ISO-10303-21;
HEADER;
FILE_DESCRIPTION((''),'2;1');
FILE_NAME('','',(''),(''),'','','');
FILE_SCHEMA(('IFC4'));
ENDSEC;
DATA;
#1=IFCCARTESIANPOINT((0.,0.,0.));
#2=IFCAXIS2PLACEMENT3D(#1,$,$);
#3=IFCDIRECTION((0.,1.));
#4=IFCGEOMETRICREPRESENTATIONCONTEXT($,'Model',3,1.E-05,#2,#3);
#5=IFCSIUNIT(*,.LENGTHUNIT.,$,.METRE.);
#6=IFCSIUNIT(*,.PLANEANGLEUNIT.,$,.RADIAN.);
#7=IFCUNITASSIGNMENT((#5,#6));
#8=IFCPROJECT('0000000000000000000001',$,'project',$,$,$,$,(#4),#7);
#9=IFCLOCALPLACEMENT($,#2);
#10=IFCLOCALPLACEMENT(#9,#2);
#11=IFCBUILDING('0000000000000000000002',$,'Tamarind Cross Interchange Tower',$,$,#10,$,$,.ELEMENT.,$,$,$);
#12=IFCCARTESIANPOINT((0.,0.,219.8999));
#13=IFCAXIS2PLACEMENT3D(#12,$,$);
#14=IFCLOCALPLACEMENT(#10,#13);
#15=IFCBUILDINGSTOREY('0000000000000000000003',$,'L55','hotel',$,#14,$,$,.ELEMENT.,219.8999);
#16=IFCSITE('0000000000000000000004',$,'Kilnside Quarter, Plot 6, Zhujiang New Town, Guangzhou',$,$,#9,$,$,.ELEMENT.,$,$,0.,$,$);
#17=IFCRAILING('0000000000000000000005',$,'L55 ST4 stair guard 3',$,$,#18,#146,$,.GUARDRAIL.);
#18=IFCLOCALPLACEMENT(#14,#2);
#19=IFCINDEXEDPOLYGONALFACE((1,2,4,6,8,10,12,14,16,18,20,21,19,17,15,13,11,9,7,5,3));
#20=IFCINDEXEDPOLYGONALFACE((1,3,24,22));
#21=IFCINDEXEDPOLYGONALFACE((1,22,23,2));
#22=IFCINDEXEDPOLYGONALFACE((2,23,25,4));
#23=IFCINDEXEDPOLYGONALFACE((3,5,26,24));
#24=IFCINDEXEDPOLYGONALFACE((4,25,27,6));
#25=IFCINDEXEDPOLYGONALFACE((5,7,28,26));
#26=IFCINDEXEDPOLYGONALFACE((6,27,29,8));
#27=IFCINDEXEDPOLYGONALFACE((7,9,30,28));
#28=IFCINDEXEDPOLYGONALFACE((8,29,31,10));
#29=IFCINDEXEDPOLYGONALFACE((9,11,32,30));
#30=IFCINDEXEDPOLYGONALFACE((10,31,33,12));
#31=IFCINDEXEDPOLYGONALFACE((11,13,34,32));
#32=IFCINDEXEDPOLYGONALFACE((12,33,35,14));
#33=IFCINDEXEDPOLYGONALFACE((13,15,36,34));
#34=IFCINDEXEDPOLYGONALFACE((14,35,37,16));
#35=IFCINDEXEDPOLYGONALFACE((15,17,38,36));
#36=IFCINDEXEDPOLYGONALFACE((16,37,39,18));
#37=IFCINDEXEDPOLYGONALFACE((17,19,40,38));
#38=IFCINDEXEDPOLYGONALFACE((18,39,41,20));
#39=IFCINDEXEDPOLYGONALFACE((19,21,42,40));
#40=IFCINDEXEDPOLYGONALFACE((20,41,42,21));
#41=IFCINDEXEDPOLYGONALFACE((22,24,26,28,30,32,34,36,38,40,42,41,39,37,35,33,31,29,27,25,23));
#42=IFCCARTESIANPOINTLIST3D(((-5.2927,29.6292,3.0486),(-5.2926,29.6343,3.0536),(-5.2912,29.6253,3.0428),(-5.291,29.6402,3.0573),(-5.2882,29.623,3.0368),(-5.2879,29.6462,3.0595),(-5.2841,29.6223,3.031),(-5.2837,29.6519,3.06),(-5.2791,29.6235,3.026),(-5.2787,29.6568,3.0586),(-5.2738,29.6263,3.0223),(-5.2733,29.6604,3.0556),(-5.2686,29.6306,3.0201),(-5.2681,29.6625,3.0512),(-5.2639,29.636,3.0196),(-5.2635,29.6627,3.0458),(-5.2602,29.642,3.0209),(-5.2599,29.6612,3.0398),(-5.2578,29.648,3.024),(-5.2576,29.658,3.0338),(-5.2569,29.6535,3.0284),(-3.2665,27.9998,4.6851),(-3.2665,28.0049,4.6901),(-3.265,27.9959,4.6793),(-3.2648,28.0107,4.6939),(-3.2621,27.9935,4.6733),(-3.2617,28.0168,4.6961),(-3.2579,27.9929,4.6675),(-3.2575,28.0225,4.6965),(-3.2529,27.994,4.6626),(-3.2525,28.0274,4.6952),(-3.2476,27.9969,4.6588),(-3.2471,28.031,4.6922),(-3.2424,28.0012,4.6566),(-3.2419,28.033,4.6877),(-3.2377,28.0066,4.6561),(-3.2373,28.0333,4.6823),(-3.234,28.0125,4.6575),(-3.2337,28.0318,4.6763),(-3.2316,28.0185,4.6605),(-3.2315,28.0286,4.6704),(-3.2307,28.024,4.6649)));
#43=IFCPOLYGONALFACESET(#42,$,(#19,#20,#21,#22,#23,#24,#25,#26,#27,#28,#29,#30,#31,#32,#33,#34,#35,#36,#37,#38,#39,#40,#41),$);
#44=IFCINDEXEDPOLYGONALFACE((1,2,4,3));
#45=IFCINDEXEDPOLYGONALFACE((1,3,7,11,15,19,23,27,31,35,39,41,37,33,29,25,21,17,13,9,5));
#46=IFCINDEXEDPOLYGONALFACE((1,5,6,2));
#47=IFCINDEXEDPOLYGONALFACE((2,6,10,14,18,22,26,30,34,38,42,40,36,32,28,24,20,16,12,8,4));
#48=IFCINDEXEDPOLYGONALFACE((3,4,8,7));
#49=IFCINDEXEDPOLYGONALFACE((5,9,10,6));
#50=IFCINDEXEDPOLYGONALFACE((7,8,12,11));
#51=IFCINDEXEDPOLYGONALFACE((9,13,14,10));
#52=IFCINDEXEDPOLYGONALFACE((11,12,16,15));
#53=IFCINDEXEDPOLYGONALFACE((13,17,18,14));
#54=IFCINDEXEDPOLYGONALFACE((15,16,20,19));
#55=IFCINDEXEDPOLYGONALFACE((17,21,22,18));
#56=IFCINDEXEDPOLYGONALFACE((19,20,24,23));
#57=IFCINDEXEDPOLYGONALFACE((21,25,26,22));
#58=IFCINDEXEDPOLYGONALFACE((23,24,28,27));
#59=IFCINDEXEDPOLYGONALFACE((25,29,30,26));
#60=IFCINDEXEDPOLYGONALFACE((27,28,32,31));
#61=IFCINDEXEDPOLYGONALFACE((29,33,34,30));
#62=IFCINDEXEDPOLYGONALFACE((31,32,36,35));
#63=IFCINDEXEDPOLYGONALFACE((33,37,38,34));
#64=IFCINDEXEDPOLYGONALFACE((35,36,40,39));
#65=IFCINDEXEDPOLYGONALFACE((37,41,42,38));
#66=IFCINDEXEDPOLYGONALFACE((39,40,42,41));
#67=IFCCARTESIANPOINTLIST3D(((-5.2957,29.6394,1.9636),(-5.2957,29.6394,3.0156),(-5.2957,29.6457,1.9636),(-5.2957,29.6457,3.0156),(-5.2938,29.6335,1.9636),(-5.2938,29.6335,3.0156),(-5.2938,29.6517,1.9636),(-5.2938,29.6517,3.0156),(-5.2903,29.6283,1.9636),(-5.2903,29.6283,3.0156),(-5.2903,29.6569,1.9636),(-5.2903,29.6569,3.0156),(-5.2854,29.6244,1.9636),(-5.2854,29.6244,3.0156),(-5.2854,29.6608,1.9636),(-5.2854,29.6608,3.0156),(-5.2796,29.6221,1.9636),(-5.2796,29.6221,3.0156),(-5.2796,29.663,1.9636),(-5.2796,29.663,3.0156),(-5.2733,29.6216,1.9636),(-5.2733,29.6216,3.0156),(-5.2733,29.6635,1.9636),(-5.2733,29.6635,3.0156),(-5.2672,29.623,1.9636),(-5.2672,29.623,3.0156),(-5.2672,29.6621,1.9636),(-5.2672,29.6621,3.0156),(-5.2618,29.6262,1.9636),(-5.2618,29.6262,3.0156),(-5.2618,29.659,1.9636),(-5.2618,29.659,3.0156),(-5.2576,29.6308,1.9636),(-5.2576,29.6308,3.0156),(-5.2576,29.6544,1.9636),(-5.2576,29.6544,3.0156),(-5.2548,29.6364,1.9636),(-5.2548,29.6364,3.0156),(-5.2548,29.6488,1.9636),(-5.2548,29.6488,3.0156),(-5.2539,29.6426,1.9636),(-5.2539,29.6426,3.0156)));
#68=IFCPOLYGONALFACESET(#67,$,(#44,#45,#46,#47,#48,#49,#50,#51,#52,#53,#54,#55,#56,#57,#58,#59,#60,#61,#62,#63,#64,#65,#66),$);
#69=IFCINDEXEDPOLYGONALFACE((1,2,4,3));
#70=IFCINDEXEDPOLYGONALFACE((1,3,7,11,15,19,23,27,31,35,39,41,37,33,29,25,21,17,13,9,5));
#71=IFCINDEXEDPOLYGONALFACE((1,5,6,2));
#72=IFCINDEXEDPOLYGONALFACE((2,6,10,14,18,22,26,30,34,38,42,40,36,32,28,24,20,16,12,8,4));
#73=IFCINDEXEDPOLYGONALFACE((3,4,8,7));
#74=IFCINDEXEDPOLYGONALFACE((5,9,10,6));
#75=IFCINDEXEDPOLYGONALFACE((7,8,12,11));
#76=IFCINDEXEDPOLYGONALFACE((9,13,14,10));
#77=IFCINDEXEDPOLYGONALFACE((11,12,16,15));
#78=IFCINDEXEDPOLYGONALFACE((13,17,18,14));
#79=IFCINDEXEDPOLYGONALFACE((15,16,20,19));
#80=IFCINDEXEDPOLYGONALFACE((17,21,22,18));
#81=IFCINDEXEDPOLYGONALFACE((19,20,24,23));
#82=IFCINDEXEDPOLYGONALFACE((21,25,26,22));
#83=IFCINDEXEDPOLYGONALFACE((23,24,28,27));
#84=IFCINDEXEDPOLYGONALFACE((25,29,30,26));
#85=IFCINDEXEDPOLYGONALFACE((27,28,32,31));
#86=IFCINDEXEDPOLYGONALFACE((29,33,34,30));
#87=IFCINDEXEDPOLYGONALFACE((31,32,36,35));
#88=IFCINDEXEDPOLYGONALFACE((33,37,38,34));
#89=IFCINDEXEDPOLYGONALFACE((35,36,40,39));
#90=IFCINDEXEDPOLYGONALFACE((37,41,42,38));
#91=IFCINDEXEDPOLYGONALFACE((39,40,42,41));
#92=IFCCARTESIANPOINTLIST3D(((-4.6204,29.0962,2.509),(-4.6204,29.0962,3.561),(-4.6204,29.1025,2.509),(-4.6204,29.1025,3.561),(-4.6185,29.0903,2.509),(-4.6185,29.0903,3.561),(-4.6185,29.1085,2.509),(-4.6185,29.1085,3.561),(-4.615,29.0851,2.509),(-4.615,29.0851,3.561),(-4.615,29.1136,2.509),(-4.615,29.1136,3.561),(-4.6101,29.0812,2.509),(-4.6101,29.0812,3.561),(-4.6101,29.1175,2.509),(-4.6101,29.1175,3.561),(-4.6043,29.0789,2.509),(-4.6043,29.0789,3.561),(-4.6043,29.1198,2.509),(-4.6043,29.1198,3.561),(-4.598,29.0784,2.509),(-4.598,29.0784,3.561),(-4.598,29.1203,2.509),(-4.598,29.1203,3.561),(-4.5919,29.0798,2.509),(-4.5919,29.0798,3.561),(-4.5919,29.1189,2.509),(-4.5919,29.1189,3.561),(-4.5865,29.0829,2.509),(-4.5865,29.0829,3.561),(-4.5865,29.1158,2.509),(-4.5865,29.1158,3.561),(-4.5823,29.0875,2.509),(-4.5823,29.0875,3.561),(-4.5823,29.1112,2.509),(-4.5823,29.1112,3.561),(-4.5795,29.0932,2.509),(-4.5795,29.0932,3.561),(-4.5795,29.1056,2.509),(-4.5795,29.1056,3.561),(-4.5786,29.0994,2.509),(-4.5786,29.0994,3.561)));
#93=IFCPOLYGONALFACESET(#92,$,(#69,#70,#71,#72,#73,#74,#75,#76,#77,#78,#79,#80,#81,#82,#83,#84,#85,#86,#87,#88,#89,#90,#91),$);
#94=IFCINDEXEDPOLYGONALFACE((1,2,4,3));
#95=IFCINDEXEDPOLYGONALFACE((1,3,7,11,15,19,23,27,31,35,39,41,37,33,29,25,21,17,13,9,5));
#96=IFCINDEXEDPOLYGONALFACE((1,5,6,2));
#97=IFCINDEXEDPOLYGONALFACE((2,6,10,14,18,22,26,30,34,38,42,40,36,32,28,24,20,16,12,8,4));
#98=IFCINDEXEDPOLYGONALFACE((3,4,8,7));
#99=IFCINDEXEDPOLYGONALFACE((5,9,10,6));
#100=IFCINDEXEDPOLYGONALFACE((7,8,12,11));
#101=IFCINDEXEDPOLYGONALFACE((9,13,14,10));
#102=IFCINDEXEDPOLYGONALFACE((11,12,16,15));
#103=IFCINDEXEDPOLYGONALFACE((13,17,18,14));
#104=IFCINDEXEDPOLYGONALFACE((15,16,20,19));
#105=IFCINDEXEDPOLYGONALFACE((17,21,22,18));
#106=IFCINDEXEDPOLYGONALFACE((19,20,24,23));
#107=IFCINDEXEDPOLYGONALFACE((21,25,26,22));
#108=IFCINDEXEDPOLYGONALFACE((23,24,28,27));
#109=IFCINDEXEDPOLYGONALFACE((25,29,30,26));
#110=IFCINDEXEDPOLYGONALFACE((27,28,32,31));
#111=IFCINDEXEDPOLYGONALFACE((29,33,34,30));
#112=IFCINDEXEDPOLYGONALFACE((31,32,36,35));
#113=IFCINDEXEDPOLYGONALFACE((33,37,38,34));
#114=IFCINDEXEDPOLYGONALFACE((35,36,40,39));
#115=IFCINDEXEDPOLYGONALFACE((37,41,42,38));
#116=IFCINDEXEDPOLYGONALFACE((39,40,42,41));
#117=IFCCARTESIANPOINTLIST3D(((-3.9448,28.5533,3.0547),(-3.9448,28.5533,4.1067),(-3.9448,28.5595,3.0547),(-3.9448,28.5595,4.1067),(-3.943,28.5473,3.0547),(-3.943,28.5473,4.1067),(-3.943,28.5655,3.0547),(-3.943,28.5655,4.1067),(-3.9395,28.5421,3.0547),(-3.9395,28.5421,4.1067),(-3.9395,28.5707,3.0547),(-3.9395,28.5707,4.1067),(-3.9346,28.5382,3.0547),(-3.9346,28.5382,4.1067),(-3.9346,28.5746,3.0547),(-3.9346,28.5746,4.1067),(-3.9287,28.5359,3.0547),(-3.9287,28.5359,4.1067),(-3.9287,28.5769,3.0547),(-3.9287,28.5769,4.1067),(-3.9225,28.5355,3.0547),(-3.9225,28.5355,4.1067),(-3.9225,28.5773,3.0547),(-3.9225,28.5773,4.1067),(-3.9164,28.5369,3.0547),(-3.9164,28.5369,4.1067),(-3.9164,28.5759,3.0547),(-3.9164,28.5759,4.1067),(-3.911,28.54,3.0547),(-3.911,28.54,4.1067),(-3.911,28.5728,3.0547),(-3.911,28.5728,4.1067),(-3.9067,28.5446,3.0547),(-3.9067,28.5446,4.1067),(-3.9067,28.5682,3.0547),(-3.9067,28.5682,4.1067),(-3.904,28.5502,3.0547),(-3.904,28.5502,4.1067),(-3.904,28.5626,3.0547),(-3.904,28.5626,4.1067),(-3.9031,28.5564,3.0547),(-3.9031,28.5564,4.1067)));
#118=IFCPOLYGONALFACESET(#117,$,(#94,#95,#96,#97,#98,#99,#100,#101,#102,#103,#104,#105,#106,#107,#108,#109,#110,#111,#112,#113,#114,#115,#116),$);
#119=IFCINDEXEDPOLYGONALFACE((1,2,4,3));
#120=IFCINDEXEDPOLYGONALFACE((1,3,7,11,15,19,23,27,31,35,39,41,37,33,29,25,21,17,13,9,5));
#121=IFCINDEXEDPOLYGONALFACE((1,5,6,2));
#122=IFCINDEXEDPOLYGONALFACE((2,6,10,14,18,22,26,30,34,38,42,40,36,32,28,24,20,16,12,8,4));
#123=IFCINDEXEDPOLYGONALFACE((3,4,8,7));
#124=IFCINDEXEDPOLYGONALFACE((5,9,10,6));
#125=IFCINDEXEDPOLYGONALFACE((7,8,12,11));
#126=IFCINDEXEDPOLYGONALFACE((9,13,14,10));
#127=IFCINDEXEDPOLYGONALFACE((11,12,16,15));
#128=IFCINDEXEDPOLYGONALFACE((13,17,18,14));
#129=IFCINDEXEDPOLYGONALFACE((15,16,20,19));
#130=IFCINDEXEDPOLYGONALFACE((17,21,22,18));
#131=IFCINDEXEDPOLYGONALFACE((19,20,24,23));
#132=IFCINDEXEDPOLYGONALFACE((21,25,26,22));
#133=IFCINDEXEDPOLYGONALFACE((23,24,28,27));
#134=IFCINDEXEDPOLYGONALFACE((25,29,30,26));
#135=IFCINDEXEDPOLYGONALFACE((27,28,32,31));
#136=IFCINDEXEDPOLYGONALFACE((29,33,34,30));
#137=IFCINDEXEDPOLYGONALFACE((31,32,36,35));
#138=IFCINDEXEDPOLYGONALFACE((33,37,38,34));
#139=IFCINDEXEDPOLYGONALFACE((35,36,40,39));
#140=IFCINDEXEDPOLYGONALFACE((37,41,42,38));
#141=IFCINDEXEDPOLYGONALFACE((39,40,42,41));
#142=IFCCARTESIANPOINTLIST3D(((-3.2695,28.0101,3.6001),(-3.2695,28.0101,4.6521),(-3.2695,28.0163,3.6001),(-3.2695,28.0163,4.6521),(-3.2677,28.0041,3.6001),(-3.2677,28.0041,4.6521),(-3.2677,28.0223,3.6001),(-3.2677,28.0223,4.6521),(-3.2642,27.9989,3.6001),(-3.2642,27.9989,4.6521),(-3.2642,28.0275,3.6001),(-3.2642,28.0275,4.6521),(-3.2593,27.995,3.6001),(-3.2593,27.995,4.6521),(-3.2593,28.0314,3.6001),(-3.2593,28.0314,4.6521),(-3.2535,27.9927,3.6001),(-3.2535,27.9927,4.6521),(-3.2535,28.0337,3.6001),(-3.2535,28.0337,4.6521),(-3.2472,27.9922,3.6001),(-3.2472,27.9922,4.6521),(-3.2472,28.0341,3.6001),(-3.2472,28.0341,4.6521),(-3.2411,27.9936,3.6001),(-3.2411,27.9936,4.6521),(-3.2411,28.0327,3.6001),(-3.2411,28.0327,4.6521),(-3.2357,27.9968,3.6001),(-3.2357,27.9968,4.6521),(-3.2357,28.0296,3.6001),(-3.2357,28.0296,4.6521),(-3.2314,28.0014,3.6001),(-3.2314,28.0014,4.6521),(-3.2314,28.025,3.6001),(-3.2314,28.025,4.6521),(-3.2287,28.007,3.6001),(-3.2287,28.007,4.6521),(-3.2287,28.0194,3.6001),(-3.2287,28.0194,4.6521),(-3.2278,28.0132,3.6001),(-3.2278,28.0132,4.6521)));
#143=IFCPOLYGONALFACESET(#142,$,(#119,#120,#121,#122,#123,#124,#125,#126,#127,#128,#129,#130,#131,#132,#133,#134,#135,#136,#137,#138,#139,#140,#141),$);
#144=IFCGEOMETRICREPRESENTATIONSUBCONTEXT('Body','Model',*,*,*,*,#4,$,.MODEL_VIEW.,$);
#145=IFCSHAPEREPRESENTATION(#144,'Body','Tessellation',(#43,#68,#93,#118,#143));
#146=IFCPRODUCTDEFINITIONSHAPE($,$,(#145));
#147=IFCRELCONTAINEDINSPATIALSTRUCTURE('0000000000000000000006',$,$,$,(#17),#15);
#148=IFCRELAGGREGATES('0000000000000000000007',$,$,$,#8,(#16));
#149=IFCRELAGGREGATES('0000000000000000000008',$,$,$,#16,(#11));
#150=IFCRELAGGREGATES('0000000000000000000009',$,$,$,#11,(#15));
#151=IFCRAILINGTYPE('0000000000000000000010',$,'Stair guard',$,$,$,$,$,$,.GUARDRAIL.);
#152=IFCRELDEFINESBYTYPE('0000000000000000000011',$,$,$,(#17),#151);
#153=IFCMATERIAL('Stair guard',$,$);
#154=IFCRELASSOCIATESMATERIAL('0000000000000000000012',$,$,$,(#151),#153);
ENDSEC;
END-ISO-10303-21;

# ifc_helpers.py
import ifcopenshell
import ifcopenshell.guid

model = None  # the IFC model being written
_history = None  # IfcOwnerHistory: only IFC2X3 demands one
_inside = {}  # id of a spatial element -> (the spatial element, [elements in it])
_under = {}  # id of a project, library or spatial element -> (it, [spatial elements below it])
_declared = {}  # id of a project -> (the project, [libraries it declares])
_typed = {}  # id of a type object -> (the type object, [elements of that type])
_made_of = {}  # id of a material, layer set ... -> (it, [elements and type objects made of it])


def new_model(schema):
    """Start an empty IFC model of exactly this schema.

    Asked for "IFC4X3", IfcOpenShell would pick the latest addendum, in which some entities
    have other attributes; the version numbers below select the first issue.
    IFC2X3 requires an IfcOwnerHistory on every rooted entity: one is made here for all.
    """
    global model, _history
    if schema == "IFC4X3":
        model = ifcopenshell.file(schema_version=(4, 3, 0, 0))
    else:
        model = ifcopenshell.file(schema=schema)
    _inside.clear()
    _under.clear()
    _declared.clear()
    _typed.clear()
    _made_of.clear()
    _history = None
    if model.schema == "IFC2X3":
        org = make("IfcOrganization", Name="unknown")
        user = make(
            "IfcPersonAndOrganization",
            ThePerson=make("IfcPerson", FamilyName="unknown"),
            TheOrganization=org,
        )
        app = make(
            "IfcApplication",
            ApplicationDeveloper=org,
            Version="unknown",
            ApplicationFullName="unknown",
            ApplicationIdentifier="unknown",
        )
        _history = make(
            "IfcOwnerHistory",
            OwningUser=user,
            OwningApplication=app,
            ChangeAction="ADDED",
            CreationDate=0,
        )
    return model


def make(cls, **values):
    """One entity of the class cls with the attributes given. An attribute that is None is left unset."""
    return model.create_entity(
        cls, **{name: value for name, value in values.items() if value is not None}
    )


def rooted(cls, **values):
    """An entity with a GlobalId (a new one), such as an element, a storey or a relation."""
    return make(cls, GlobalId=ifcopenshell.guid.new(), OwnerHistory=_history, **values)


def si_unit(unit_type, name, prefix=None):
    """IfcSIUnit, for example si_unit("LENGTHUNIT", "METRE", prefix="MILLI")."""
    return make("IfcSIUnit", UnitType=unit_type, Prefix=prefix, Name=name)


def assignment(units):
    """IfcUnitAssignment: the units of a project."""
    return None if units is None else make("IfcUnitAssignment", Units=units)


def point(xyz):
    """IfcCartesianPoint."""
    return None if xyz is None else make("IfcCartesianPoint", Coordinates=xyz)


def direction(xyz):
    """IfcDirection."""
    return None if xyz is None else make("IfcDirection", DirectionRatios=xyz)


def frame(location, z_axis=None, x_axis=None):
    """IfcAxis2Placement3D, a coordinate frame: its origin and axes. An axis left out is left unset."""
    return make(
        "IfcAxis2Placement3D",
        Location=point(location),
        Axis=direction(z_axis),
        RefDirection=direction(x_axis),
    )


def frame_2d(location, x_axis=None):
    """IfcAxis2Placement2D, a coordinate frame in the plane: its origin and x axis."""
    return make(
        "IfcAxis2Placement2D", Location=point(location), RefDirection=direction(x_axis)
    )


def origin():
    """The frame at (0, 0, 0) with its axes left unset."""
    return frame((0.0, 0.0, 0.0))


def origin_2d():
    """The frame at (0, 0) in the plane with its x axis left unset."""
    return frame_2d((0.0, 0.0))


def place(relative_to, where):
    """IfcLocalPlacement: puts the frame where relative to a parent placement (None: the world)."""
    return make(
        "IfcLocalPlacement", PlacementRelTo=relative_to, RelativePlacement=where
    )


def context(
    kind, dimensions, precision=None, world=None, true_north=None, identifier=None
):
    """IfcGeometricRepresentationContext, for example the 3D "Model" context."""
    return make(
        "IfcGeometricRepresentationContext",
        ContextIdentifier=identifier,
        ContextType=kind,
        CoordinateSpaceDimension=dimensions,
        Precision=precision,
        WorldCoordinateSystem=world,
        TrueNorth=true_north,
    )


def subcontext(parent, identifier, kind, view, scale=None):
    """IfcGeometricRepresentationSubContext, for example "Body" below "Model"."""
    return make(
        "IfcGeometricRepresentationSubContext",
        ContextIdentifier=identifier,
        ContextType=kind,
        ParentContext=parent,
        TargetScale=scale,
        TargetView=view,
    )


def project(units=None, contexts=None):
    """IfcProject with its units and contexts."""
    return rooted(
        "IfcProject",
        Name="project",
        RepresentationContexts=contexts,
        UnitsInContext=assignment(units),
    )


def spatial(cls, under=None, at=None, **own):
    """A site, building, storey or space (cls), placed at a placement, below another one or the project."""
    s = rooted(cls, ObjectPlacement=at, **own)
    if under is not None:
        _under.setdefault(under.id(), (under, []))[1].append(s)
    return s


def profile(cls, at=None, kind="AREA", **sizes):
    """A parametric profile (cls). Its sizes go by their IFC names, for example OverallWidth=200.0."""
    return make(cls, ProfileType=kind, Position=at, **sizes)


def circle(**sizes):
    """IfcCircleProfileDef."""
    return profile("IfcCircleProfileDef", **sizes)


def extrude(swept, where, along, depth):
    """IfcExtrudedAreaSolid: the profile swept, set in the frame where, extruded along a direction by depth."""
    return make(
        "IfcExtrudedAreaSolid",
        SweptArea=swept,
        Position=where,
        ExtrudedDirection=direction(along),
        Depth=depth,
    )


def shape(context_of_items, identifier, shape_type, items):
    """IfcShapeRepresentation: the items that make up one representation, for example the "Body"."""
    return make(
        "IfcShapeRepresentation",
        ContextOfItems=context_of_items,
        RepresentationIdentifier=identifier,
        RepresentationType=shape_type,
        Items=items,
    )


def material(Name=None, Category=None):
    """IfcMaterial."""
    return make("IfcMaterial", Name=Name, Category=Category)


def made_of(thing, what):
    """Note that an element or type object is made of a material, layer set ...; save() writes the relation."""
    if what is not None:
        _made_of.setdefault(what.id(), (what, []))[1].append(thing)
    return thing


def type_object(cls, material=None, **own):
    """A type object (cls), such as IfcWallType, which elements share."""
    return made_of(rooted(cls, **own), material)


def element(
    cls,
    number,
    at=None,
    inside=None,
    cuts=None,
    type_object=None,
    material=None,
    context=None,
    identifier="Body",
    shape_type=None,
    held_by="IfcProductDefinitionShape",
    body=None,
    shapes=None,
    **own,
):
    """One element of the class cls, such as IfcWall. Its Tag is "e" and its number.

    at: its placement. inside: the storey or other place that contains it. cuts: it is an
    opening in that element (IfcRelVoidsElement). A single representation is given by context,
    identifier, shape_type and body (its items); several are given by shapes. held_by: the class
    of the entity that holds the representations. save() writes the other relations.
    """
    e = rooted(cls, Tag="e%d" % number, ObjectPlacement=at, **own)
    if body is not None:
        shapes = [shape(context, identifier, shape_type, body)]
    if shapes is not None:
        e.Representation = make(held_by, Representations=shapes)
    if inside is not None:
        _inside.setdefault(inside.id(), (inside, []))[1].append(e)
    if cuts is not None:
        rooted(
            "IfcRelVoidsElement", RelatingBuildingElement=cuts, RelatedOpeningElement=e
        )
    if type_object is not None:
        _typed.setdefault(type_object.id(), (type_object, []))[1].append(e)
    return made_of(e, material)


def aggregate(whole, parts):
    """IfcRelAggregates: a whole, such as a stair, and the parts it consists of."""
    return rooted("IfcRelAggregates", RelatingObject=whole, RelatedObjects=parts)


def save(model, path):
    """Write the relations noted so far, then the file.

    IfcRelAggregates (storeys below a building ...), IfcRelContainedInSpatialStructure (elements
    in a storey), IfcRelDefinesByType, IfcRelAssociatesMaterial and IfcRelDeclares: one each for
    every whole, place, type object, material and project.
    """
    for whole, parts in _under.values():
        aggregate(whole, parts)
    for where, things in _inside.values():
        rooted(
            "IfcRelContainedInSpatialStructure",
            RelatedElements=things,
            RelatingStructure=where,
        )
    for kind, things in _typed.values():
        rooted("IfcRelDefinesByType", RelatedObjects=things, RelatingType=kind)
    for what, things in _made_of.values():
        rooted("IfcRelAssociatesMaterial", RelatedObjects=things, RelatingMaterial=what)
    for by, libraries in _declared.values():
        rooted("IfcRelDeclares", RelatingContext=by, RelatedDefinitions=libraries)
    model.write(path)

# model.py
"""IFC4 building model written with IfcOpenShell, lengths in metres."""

from ifc_helpers import new_model, si_unit, direction, frame, origin, origin_2d, place, context, subcontext, project, spatial, circle, extrude, material, type_object, element, save


model = new_model("IFC4")

# Units and contexts
model_context = context("Model", 3, precision=1e-05, world=origin(), true_north=direction((0.0, 1.0)))
body_context = subcontext(model_context, "Body", "Model", "MODEL_VIEW")
ifc_project = project(units=[si_unit("LENGTHUNIT", "METRE"), si_unit("PLANEANGLEUNIT", "RADIAN")], contexts=[model_context])

# Site, building, storey
site_placement = place(None, origin())
site = spatial("IfcSite", under=ifc_project, at=site_placement, Name="Kilnside Quarter, Plot 6, Zhujiang New Town, Guangzhou", CompositionType="ELEMENT", RefElevation=0.0)
building_placement = place(site_placement, origin())
building = spatial("IfcBuilding", under=site, at=building_placement, Name="Tamarind Cross Interchange Tower", CompositionType="ELEMENT")
storey_placement = place(building_placement, frame((0.0, 0.0, 219.8999)))
storey = spatial("IfcBuildingStorey", under=building, at=storey_placement, Name="L55", Description="hotel", CompositionType="ELEMENT", Elevation=219.8999)

# Railing
ifc_material_1 = material(Name="Stair guard")
railing_type_1 = type_object("IfcRailingType", Name="Stair guard", PredefinedType="GUARDRAIL", material=ifc_material_1)
railing_1_placement = place(storey_placement, frame((-5.2749, 29.6426, 1.9636)))
element("IfcRailing", 1, at=railing_1_placement, inside=storey, type_object=railing_type_1, Name="L55 ST4 stair guard 3", PredefinedType="GUARDRAIL", context=body_context, shape_type="SweptSolid", body=[
    extrude(circle(Radius=0.0239, at=origin_2d()), frame((0.0, 0.0, 1.0762), z_axis=(0.659511, -0.530375, 0.532679), x_axis=(0.626686, 0.779272, 0.0)), (0.0, 0.0, 1.0), 3.0723),
    extrude(circle(Radius=0.021, at=origin_2d()), origin(), (0.0, 0.0, 1.0), 1.052),
    extrude(circle(Radius=0.021, at=origin_2d()), frame((0.6753, -0.5432, 0.5454)), (0.0, 0.0, 1.0), 1.052),
    extrude(circle(Radius=0.021, at=origin_2d()), frame((1.3508, -1.0862, 1.0911)), (0.0, 0.0, 1.0), 1.052),
    extrude(circle(Radius=0.021, at=origin_2d()), frame((2.0261, -1.6294, 1.6365)), (0.0, 0.0, 1.0), 1.052),
])

save(model, "model.ifc")
